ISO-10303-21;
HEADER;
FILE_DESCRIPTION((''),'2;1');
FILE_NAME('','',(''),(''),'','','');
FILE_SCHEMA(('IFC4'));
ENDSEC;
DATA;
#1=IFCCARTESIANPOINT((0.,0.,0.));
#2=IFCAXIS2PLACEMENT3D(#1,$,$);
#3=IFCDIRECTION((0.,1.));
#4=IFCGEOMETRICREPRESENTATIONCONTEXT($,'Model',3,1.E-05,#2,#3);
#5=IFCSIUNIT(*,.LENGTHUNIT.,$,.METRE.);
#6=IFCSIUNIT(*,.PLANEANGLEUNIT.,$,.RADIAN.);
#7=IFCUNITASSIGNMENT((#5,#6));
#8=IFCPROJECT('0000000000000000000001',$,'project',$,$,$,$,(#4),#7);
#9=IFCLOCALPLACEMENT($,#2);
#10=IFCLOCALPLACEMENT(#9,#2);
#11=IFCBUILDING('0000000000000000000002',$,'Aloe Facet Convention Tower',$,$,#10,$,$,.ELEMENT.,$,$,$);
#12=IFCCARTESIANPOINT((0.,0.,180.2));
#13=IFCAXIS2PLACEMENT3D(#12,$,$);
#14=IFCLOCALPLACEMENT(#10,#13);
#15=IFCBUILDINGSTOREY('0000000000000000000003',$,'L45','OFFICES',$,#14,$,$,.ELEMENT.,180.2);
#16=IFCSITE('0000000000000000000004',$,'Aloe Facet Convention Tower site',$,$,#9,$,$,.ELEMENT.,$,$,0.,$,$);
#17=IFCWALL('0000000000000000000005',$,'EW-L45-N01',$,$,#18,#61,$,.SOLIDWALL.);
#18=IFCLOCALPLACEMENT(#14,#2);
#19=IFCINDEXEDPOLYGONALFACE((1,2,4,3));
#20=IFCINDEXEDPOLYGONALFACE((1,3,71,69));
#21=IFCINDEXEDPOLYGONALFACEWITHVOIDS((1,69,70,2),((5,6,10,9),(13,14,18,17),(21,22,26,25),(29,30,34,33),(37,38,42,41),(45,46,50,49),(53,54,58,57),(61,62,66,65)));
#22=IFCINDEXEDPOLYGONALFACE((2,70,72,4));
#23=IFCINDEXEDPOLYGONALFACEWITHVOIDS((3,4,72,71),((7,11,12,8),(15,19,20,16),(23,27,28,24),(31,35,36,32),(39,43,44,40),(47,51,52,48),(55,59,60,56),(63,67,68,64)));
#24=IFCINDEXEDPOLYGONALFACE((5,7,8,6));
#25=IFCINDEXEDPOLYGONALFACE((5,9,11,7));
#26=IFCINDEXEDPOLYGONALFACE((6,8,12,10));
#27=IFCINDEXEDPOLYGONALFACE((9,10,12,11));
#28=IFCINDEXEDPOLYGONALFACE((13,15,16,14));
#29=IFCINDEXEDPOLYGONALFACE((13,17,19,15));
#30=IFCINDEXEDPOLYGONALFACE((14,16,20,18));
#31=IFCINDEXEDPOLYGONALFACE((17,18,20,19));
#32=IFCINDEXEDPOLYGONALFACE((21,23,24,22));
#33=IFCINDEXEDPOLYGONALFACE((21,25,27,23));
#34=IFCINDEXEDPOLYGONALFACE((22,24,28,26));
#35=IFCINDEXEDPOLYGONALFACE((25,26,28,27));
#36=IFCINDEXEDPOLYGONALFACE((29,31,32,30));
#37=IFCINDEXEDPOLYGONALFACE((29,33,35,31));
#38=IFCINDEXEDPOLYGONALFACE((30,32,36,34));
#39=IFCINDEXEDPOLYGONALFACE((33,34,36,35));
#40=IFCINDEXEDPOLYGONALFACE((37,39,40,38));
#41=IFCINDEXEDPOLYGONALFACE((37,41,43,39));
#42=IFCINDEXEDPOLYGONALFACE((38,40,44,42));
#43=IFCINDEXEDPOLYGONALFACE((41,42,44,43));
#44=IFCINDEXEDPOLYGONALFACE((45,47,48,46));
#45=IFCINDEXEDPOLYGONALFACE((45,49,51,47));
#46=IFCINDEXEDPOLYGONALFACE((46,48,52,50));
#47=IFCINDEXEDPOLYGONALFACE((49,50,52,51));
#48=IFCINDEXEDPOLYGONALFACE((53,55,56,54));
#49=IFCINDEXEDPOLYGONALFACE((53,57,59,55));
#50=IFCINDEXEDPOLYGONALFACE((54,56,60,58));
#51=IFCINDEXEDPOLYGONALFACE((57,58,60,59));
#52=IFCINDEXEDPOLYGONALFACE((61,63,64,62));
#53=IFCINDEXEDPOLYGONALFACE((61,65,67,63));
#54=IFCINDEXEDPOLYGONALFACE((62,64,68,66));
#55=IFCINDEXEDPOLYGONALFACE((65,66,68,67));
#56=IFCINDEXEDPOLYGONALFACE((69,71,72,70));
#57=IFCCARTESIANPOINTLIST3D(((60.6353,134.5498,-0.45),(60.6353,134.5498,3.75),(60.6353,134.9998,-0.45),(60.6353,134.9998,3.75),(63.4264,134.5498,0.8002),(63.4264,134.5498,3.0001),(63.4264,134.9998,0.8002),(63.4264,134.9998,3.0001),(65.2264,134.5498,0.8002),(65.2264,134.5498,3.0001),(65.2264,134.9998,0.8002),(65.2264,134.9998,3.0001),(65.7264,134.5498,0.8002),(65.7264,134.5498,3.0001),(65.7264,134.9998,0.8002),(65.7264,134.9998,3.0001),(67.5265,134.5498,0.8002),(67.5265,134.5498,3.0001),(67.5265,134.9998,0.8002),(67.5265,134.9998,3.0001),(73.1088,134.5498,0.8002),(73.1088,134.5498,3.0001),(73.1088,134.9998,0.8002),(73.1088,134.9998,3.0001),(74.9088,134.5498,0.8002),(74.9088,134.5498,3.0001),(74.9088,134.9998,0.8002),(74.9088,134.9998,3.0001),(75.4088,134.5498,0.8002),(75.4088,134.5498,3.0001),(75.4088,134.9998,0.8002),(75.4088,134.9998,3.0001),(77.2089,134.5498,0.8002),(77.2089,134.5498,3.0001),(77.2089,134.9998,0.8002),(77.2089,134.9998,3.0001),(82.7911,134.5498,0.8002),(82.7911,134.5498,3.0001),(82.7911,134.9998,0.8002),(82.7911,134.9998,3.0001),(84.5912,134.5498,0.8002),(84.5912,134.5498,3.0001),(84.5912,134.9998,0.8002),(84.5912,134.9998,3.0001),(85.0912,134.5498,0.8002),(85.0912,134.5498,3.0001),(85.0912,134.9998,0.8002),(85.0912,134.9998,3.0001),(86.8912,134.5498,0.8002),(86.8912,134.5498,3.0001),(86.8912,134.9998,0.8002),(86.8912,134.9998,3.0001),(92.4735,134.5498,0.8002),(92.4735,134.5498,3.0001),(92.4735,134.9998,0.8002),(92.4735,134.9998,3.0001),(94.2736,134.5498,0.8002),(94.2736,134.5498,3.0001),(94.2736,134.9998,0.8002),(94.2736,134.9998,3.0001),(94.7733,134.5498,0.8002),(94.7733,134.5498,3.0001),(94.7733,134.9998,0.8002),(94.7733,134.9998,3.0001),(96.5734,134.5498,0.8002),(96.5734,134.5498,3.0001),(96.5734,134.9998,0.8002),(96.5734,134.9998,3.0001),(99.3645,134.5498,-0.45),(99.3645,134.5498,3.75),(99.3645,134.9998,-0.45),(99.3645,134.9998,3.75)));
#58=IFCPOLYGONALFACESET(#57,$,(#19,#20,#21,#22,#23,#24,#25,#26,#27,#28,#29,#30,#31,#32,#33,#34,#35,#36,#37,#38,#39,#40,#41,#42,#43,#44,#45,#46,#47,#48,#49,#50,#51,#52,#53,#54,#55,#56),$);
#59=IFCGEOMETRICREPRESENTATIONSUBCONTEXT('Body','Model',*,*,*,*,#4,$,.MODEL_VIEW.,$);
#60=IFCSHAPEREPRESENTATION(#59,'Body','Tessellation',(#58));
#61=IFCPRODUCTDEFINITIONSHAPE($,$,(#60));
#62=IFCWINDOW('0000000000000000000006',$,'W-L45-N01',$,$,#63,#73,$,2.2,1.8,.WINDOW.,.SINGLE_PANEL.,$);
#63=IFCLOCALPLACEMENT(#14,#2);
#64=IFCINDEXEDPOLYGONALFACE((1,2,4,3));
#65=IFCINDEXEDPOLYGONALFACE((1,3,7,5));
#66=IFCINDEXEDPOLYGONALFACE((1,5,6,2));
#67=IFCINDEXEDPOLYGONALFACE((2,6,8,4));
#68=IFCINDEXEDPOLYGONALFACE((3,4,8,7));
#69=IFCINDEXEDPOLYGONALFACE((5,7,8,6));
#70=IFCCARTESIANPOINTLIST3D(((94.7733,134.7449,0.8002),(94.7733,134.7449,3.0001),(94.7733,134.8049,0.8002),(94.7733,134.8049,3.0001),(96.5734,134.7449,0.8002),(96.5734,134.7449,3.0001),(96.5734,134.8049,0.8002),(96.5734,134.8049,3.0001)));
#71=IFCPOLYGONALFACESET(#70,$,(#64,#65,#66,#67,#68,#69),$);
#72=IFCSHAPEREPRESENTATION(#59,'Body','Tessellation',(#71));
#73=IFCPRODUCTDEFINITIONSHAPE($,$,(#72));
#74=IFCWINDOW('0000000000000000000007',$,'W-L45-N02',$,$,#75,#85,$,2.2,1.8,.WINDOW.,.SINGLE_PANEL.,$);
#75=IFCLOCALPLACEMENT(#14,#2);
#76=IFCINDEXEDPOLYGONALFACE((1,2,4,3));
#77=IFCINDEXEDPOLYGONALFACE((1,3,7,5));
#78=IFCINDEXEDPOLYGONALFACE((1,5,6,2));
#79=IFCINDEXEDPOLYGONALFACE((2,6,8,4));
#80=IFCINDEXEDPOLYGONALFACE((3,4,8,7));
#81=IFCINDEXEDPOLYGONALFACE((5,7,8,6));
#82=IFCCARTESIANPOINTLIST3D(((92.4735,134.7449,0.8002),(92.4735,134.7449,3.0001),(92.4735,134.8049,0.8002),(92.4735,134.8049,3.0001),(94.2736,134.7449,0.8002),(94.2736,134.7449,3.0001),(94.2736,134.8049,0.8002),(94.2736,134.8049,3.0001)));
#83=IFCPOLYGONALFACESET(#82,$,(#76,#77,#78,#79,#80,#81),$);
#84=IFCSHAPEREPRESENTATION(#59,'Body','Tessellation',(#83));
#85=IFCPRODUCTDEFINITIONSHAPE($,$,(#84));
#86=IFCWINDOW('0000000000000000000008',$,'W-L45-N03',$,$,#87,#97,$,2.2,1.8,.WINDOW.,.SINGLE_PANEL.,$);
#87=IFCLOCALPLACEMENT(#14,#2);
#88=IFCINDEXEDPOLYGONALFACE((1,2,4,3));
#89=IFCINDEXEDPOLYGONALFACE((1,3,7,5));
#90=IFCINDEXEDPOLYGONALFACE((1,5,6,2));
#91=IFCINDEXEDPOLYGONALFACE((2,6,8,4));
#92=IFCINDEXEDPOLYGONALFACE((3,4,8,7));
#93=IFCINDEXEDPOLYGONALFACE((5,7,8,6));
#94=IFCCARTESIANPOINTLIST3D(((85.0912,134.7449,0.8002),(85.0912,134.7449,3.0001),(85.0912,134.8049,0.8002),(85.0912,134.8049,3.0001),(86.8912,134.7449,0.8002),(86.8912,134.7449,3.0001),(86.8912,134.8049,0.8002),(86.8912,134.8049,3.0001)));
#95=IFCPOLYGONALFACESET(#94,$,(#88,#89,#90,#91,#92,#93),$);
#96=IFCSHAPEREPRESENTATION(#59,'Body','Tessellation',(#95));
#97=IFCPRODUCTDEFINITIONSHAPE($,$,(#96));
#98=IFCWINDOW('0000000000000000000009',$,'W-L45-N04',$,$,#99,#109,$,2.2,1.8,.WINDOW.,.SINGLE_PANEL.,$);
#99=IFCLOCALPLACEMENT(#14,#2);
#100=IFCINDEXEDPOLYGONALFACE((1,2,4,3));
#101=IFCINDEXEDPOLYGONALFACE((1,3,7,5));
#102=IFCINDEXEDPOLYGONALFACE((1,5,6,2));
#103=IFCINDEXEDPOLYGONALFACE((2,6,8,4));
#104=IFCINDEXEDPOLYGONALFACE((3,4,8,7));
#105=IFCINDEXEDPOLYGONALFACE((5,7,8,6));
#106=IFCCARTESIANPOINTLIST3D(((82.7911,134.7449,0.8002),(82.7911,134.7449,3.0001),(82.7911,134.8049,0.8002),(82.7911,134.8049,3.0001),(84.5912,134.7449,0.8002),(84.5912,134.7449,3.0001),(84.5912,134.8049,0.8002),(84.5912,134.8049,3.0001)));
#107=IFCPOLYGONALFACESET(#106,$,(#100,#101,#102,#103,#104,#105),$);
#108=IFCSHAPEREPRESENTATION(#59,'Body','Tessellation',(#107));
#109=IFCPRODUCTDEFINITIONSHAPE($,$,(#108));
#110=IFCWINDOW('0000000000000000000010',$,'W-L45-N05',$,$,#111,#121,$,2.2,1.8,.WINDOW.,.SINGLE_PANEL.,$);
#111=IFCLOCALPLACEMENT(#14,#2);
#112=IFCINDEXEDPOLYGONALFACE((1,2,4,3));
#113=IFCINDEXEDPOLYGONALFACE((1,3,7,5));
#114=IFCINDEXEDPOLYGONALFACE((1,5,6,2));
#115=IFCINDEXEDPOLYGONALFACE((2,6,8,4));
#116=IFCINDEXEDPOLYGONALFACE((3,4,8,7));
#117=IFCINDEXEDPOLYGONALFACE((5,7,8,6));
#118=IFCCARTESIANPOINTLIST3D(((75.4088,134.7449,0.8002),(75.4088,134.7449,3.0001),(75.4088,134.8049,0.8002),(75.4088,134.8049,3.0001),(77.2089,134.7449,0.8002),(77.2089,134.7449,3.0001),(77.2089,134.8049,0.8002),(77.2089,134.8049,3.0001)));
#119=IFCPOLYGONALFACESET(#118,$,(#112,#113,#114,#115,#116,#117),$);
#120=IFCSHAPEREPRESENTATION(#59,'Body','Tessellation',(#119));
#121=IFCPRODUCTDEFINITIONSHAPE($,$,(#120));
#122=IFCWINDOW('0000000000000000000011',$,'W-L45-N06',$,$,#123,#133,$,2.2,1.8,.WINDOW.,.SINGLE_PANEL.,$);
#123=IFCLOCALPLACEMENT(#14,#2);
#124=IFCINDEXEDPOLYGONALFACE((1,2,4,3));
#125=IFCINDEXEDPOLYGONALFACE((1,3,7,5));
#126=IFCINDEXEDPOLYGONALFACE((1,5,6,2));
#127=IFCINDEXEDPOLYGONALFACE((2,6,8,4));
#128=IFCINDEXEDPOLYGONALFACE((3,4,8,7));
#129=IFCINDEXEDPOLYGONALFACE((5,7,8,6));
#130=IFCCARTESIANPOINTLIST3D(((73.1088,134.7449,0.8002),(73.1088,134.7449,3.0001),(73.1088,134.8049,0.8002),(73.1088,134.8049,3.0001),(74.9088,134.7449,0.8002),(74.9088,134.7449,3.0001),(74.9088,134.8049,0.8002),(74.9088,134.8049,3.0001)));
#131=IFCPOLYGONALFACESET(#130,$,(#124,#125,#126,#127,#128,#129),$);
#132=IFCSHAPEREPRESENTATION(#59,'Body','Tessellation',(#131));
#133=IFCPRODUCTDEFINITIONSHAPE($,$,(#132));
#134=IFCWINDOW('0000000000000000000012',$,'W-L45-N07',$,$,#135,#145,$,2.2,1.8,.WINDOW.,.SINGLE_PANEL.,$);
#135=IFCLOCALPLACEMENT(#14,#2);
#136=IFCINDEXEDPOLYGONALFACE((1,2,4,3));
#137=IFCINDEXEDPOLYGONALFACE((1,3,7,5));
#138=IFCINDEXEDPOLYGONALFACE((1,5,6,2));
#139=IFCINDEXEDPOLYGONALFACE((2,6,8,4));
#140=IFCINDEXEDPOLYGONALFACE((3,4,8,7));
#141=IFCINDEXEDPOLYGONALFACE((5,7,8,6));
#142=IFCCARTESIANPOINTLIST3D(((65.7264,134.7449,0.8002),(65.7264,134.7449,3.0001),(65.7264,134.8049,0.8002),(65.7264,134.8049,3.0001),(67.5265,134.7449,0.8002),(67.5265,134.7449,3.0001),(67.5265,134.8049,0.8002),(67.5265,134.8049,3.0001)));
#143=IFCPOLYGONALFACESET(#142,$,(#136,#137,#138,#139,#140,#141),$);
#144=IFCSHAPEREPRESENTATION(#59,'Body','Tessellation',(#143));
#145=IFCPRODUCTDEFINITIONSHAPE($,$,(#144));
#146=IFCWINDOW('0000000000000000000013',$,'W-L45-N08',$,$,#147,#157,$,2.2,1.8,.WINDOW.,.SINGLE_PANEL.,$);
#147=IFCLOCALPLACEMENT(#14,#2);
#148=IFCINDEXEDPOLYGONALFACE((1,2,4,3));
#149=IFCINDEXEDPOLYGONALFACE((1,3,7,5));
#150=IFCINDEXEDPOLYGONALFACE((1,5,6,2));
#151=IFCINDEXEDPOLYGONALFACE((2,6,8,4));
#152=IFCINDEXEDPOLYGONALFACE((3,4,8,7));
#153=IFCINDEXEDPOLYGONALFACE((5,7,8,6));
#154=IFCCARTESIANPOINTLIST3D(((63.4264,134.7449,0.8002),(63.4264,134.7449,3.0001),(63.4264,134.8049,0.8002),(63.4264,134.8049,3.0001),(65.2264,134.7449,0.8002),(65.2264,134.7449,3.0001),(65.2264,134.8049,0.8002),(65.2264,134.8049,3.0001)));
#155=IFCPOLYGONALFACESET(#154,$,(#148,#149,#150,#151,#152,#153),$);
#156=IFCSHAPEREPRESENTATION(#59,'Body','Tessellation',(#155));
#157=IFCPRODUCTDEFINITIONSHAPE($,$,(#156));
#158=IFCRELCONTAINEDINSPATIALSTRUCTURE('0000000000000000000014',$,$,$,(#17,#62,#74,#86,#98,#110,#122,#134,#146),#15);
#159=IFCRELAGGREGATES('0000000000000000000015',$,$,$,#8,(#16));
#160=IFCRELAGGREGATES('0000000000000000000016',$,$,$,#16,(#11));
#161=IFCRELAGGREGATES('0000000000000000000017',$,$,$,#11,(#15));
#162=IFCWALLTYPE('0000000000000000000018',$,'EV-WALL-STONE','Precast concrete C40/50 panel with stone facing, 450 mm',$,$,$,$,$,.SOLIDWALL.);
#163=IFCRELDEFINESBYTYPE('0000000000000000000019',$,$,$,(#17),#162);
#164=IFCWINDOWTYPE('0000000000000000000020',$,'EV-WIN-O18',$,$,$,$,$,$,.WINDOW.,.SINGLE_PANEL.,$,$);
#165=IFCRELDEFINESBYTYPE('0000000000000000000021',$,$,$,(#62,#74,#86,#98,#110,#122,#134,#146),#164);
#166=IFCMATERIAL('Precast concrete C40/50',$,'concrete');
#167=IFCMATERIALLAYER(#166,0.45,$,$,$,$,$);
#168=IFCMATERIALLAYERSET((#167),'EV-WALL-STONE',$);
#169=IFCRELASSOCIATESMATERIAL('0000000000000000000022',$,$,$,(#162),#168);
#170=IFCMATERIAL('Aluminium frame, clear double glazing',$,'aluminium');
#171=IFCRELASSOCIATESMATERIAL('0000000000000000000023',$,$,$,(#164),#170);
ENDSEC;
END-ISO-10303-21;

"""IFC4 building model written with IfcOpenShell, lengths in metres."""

from ifc_helpers import new_model, si_unit, direction, frame, frame_2d, origin, place, context, subcontext, project, spatial, polyline, rectangle, outline, extrude, material, layer, layer_set, type_object, element, fill, save


model = new_model("IFC4")

# Units and contexts
model_context = context("Model", 3, precision=1e-05, world=origin(), true_north=direction((0.0, 1.0)))
body_context = subcontext(model_context, "Body", "Model", "MODEL_VIEW")
ifc_project = project(units=[si_unit("LENGTHUNIT", "METRE"), si_unit("PLANEANGLEUNIT", "RADIAN")], contexts=[model_context])

# Site, building, storey
site_placement = place(None, origin())
site = spatial("IfcSite", under=ifc_project, at=site_placement, Name="Aloe Facet Convention Tower site", CompositionType="ELEMENT", RefElevation=0.0)
building_placement = place(site_placement, origin())
building = spatial("IfcBuilding", under=site, at=building_placement, Name="Aloe Facet Convention Tower", CompositionType="ELEMENT")
storey_placement = place(building_placement, frame((0.0, 0.0, 180.2)))
storey = spatial("IfcBuildingStorey", under=building, at=storey_placement, Name="L45", Description="OFFICES", CompositionType="ELEMENT", Elevation=180.2)

# Wall, openings, windows
ifc_material_1 = material(Name="Precast concrete C40/50", Category="concrete")
ifc_layer_1 = layer(ifc_material_1, 0.45)
ifc_layer_set_1 = layer_set([ifc_layer_1], Name="EV-WALL-STONE")
wall_type_1 = type_object("IfcWallType", Name="EV-WALL-STONE", Description="Precast concrete C40/50 panel with stone facing, 450 mm", PredefinedType="SOLIDWALL", material=ifc_layer_set_1)
wall_1_placement = place(storey_placement, frame((99.3645, 134.7749, -0.45), z_axis=(0.0, 0.0, 1.0), x_axis=(-1.0, 0.0, 0.0)))
wall_1 = element("IfcWall", 1, at=wall_1_placement, inside=storey, type_object=wall_type_1, Name="EW-L45-N01", PredefinedType="SOLIDWALL", context=body_context, shape_type="SweptSolid", body=[
    extrude(outline(polyline([(38.7292, 0.0), (38.7292, 4.2), (0.0, 4.2), (0.0, 0.0), (38.7292, 0.0)])), frame((0.0, 0.2251, 0.0), z_axis=(0.0, -1.0, 0.0), x_axis=(1.0, 0.0, 0.0)), (0.0, 0.0, 1.0), 0.45),
])
opening_1_placement = place(wall_1_placement, frame((2.7913, 0.0, 1.25)))
opening_1 = element("IfcOpeningElement", 2, at=opening_1_placement, cuts=wall_1, PredefinedType="OPENING", context=body_context, shape_type="SweptSolid", body=[
    extrude(rectangle(XDim=1.8, YDim=2.2, at=frame_2d((0.8999, 1.1001))), frame((0.0, 0.2349, 0.0), z_axis=(0.0, -1.0, 0.0), x_axis=(1.0, 0.0, 0.0)), (0.0, 0.0, 1.0), 0.47),
])
opening_2_placement = place(wall_1_placement, frame((5.0911, 0.0, 1.25)))
opening_2 = element("IfcOpeningElement", 3, at=opening_2_placement, cuts=wall_1, PredefinedType="OPENING", context=body_context, shape_type="SweptSolid", body=[
    extrude(rectangle(XDim=1.8, YDim=2.2, at=frame_2d((0.8999, 1.1001))), frame((0.0, 0.2349, 0.0), z_axis=(0.0, -1.0, 0.0), x_axis=(1.0, 0.0, 0.0)), (0.0, 0.0, 1.0), 0.47),
])
opening_3_placement = place(wall_1_placement, frame((12.4734, 0.0, 1.25)))
opening_3 = element("IfcOpeningElement", 4, at=opening_3_placement, cuts=wall_1, PredefinedType="OPENING", context=body_context, shape_type="SweptSolid", body=[
    extrude(rectangle(XDim=1.8, YDim=2.2, at=frame_2d((0.8999, 1.1001))), frame((0.0, 0.2349, 0.0), z_axis=(0.0, -1.0, 0.0), x_axis=(1.0, 0.0, 0.0)), (0.0, 0.0, 1.0), 0.47),
])
opening_4_placement = place(wall_1_placement, frame((14.7734, 0.0, 1.25)))
opening_4 = element("IfcOpeningElement", 5, at=opening_4_placement, cuts=wall_1, PredefinedType="OPENING", context=body_context, shape_type="SweptSolid", body=[
    extrude(rectangle(XDim=1.8, YDim=2.2, at=frame_2d((0.8999, 1.1001))), frame((0.0, 0.2349, 0.0), z_axis=(0.0, -1.0, 0.0), x_axis=(1.0, 0.0, 0.0)), (0.0, 0.0, 1.0), 0.47),
])
opening_5_placement = place(wall_1_placement, frame((22.1558, 0.0, 1.25)))
opening_5 = element("IfcOpeningElement", 6, at=opening_5_placement, cuts=wall_1, PredefinedType="OPENING", context=body_context, shape_type="SweptSolid", body=[
    extrude(rectangle(XDim=1.8, YDim=2.2, at=frame_2d((0.8999, 1.1001))), frame((0.0, 0.2349, 0.0), z_axis=(0.0, -1.0, 0.0), x_axis=(1.0, 0.0, 0.0)), (0.0, 0.0, 1.0), 0.47),
])
opening_6_placement = place(wall_1_placement, frame((24.4558, 0.0, 1.25)))
opening_6 = element("IfcOpeningElement", 7, at=opening_6_placement, cuts=wall_1, PredefinedType="OPENING", context=body_context, shape_type="SweptSolid", body=[
    extrude(rectangle(XDim=1.8, YDim=2.2, at=frame_2d((0.8999, 1.1001))), frame((0.0, 0.2349, 0.0), z_axis=(0.0, -1.0, 0.0), x_axis=(1.0, 0.0, 0.0)), (0.0, 0.0, 1.0), 0.47),
])
opening_7_placement = place(wall_1_placement, frame((31.8381, 0.0, 1.25)))
opening_7 = element("IfcOpeningElement", 8, at=opening_7_placement, cuts=wall_1, PredefinedType="OPENING", context=body_context, shape_type="SweptSolid", body=[
    extrude(rectangle(XDim=1.8, YDim=2.2, at=frame_2d((0.8999, 1.1001))), frame((0.0, 0.2349, 0.0), z_axis=(0.0, -1.0, 0.0), x_axis=(1.0, 0.0, 0.0)), (0.0, 0.0, 1.0), 0.47),
])
opening_8_placement = place(wall_1_placement, frame((34.1382, 0.0, 1.25)))
opening_8 = element("IfcOpeningElement", 9, at=opening_8_placement, cuts=wall_1, PredefinedType="OPENING", context=body_context, shape_type="SweptSolid", body=[
    extrude(rectangle(XDim=1.8, YDim=2.2, at=frame_2d((0.8999, 1.1001))), frame((0.0, 0.2349, 0.0), z_axis=(0.0, -1.0, 0.0), x_axis=(1.0, 0.0, 0.0)), (0.0, 0.0, 1.0), 0.47),
])
ifc_material_2 = material(Name="Aluminium frame, clear double glazing", Category="aluminium")
window_type = type_object("IfcWindowType", Name="EV-WIN-O18", PartitioningType="SINGLE_PANEL", PredefinedType="WINDOW", material=ifc_material_2)
window_1_placement = place(opening_1_placement, origin())
window_1 = element("IfcWindow", 10, at=window_1_placement, inside=storey, type_object=window_type, Name="W-L45-N01", OverallHeight=2.2, OverallWidth=1.8, PartitioningType="SINGLE_PANEL", PredefinedType="WINDOW", context=body_context, shape_type="SweptSolid", body=[
    extrude(rectangle(XDim=1.8, YDim=2.2, at=frame_2d((0.8999, 1.1001))), frame((0.0, 0.03, 0.0), z_axis=(0.0, -1.0, 0.0), x_axis=(1.0, 0.0, 0.0)), (0.0, 0.0, 1.0), 0.0601),
])
fill(opening_1, window_1)
window_2_placement = place(opening_2_placement, origin())
window_2 = element("IfcWindow", 11, at=window_2_placement, inside=storey, type_object=window_type, Name="W-L45-N02", OverallHeight=2.2, OverallWidth=1.8, PartitioningType="SINGLE_PANEL", PredefinedType="WINDOW", context=body_context, shape_type="SweptSolid", body=[
    extrude(rectangle(XDim=1.8, YDim=2.2, at=frame_2d((0.8999, 1.1001))), frame((0.0, 0.03, 0.0), z_axis=(0.0, -1.0, 0.0), x_axis=(1.0, 0.0, 0.0)), (0.0, 0.0, 1.0), 0.0601),
])
fill(opening_2, window_2)
window_3_placement = place(opening_3_placement, origin())
window_3 = element("IfcWindow", 12, at=window_3_placement, inside=storey, type_object=window_type, Name="W-L45-N03", OverallHeight=2.2, OverallWidth=1.8, PartitioningType="SINGLE_PANEL", PredefinedType="WINDOW", context=body_context, shape_type="SweptSolid", body=[
    extrude(rectangle(XDim=1.8, YDim=2.2, at=frame_2d((0.8999, 1.1001))), frame((0.0, 0.03, 0.0), z_axis=(0.0, -1.0, 0.0), x_axis=(1.0, 0.0, 0.0)), (0.0, 0.0, 1.0), 0.0601),
])
fill(opening_3, window_3)
window_4_placement = place(opening_4_placement, origin())
window_4 = element("IfcWindow", 13, at=window_4_placement, inside=storey, type_object=window_type, Name="W-L45-N04", OverallHeight=2.2, OverallWidth=1.8, PartitioningType="SINGLE_PANEL", PredefinedType="WINDOW", context=body_context, shape_type="SweptSolid", body=[
    extrude(rectangle(XDim=1.8, YDim=2.2, at=frame_2d((0.8999, 1.1001))), frame((0.0, 0.03, 0.0), z_axis=(0.0, -1.0, 0.0), x_axis=(1.0, 0.0, 0.0)), (0.0, 0.0, 1.0), 0.0601),
])
fill(opening_4, window_4)
window_5_placement = place(opening_5_placement, origin())
window_5 = element("IfcWindow", 14, at=window_5_placement, inside=storey, type_object=window_type, Name="W-L45-N05", OverallHeight=2.2, OverallWidth=1.8, PartitioningType="SINGLE_PANEL", PredefinedType="WINDOW", context=body_context, shape_type="SweptSolid", body=[
    extrude(rectangle(XDim=1.8, YDim=2.2, at=frame_2d((0.8999, 1.1001))), frame((0.0, 0.03, 0.0), z_axis=(0.0, -1.0, 0.0), x_axis=(1.0, 0.0, 0.0)), (0.0, 0.0, 1.0), 0.0601),
])
fill(opening_5, window_5)
window_6_placement = place(opening_6_placement, origin())
window_6 = element("IfcWindow", 15, at=window_6_placement, inside=storey, type_object=window_type, Name="W-L45-N06", OverallHeight=2.2, OverallWidth=1.8, PartitioningType="SINGLE_PANEL", PredefinedType="WINDOW", context=body_context, shape_type="SweptSolid", body=[
    extrude(rectangle(XDim=1.8, YDim=2.2, at=frame_2d((0.8999, 1.1001))), frame((0.0, 0.03, 0.0), z_axis=(0.0, -1.0, 0.0), x_axis=(1.0, 0.0, 0.0)), (0.0, 0.0, 1.0), 0.0601),
])
fill(opening_6, window_6)
window_7_placement = place(opening_7_placement, origin())
window_7 = element("IfcWindow", 16, at=window_7_placement, inside=storey, type_object=window_type, Name="W-L45-N07", OverallHeight=2.2, OverallWidth=1.8, PartitioningType="SINGLE_PANEL", PredefinedType="WINDOW", context=body_context, shape_type="SweptSolid", body=[
    extrude(rectangle(XDim=1.8, YDim=2.2, at=frame_2d((0.8999, 1.1001))), frame((0.0, 0.03, 0.0), z_axis=(0.0, -1.0, 0.0), x_axis=(1.0, 0.0, 0.0)), (0.0, 0.0, 1.0), 0.0601),
])
fill(opening_7, window_7)
window_8_placement = place(opening_8_placement, origin())
window_8 = element("IfcWindow", 17, at=window_8_placement, inside=storey, type_object=window_type, Name="W-L45-N08", OverallHeight=2.2, OverallWidth=1.8, PartitioningType="SINGLE_PANEL", PredefinedType="WINDOW", context=body_context, shape_type="SweptSolid", body=[
    extrude(rectangle(XDim=1.8, YDim=2.2, at=frame_2d((0.8999, 1.1001))), frame((0.0, 0.03, 0.0), z_axis=(0.0, -1.0, 0.0), x_axis=(1.0, 0.0, 0.0)), (0.0, 0.0, 1.0), 0.0601),
])
fill(opening_8, window_8)

save(model, "model.ifc")
